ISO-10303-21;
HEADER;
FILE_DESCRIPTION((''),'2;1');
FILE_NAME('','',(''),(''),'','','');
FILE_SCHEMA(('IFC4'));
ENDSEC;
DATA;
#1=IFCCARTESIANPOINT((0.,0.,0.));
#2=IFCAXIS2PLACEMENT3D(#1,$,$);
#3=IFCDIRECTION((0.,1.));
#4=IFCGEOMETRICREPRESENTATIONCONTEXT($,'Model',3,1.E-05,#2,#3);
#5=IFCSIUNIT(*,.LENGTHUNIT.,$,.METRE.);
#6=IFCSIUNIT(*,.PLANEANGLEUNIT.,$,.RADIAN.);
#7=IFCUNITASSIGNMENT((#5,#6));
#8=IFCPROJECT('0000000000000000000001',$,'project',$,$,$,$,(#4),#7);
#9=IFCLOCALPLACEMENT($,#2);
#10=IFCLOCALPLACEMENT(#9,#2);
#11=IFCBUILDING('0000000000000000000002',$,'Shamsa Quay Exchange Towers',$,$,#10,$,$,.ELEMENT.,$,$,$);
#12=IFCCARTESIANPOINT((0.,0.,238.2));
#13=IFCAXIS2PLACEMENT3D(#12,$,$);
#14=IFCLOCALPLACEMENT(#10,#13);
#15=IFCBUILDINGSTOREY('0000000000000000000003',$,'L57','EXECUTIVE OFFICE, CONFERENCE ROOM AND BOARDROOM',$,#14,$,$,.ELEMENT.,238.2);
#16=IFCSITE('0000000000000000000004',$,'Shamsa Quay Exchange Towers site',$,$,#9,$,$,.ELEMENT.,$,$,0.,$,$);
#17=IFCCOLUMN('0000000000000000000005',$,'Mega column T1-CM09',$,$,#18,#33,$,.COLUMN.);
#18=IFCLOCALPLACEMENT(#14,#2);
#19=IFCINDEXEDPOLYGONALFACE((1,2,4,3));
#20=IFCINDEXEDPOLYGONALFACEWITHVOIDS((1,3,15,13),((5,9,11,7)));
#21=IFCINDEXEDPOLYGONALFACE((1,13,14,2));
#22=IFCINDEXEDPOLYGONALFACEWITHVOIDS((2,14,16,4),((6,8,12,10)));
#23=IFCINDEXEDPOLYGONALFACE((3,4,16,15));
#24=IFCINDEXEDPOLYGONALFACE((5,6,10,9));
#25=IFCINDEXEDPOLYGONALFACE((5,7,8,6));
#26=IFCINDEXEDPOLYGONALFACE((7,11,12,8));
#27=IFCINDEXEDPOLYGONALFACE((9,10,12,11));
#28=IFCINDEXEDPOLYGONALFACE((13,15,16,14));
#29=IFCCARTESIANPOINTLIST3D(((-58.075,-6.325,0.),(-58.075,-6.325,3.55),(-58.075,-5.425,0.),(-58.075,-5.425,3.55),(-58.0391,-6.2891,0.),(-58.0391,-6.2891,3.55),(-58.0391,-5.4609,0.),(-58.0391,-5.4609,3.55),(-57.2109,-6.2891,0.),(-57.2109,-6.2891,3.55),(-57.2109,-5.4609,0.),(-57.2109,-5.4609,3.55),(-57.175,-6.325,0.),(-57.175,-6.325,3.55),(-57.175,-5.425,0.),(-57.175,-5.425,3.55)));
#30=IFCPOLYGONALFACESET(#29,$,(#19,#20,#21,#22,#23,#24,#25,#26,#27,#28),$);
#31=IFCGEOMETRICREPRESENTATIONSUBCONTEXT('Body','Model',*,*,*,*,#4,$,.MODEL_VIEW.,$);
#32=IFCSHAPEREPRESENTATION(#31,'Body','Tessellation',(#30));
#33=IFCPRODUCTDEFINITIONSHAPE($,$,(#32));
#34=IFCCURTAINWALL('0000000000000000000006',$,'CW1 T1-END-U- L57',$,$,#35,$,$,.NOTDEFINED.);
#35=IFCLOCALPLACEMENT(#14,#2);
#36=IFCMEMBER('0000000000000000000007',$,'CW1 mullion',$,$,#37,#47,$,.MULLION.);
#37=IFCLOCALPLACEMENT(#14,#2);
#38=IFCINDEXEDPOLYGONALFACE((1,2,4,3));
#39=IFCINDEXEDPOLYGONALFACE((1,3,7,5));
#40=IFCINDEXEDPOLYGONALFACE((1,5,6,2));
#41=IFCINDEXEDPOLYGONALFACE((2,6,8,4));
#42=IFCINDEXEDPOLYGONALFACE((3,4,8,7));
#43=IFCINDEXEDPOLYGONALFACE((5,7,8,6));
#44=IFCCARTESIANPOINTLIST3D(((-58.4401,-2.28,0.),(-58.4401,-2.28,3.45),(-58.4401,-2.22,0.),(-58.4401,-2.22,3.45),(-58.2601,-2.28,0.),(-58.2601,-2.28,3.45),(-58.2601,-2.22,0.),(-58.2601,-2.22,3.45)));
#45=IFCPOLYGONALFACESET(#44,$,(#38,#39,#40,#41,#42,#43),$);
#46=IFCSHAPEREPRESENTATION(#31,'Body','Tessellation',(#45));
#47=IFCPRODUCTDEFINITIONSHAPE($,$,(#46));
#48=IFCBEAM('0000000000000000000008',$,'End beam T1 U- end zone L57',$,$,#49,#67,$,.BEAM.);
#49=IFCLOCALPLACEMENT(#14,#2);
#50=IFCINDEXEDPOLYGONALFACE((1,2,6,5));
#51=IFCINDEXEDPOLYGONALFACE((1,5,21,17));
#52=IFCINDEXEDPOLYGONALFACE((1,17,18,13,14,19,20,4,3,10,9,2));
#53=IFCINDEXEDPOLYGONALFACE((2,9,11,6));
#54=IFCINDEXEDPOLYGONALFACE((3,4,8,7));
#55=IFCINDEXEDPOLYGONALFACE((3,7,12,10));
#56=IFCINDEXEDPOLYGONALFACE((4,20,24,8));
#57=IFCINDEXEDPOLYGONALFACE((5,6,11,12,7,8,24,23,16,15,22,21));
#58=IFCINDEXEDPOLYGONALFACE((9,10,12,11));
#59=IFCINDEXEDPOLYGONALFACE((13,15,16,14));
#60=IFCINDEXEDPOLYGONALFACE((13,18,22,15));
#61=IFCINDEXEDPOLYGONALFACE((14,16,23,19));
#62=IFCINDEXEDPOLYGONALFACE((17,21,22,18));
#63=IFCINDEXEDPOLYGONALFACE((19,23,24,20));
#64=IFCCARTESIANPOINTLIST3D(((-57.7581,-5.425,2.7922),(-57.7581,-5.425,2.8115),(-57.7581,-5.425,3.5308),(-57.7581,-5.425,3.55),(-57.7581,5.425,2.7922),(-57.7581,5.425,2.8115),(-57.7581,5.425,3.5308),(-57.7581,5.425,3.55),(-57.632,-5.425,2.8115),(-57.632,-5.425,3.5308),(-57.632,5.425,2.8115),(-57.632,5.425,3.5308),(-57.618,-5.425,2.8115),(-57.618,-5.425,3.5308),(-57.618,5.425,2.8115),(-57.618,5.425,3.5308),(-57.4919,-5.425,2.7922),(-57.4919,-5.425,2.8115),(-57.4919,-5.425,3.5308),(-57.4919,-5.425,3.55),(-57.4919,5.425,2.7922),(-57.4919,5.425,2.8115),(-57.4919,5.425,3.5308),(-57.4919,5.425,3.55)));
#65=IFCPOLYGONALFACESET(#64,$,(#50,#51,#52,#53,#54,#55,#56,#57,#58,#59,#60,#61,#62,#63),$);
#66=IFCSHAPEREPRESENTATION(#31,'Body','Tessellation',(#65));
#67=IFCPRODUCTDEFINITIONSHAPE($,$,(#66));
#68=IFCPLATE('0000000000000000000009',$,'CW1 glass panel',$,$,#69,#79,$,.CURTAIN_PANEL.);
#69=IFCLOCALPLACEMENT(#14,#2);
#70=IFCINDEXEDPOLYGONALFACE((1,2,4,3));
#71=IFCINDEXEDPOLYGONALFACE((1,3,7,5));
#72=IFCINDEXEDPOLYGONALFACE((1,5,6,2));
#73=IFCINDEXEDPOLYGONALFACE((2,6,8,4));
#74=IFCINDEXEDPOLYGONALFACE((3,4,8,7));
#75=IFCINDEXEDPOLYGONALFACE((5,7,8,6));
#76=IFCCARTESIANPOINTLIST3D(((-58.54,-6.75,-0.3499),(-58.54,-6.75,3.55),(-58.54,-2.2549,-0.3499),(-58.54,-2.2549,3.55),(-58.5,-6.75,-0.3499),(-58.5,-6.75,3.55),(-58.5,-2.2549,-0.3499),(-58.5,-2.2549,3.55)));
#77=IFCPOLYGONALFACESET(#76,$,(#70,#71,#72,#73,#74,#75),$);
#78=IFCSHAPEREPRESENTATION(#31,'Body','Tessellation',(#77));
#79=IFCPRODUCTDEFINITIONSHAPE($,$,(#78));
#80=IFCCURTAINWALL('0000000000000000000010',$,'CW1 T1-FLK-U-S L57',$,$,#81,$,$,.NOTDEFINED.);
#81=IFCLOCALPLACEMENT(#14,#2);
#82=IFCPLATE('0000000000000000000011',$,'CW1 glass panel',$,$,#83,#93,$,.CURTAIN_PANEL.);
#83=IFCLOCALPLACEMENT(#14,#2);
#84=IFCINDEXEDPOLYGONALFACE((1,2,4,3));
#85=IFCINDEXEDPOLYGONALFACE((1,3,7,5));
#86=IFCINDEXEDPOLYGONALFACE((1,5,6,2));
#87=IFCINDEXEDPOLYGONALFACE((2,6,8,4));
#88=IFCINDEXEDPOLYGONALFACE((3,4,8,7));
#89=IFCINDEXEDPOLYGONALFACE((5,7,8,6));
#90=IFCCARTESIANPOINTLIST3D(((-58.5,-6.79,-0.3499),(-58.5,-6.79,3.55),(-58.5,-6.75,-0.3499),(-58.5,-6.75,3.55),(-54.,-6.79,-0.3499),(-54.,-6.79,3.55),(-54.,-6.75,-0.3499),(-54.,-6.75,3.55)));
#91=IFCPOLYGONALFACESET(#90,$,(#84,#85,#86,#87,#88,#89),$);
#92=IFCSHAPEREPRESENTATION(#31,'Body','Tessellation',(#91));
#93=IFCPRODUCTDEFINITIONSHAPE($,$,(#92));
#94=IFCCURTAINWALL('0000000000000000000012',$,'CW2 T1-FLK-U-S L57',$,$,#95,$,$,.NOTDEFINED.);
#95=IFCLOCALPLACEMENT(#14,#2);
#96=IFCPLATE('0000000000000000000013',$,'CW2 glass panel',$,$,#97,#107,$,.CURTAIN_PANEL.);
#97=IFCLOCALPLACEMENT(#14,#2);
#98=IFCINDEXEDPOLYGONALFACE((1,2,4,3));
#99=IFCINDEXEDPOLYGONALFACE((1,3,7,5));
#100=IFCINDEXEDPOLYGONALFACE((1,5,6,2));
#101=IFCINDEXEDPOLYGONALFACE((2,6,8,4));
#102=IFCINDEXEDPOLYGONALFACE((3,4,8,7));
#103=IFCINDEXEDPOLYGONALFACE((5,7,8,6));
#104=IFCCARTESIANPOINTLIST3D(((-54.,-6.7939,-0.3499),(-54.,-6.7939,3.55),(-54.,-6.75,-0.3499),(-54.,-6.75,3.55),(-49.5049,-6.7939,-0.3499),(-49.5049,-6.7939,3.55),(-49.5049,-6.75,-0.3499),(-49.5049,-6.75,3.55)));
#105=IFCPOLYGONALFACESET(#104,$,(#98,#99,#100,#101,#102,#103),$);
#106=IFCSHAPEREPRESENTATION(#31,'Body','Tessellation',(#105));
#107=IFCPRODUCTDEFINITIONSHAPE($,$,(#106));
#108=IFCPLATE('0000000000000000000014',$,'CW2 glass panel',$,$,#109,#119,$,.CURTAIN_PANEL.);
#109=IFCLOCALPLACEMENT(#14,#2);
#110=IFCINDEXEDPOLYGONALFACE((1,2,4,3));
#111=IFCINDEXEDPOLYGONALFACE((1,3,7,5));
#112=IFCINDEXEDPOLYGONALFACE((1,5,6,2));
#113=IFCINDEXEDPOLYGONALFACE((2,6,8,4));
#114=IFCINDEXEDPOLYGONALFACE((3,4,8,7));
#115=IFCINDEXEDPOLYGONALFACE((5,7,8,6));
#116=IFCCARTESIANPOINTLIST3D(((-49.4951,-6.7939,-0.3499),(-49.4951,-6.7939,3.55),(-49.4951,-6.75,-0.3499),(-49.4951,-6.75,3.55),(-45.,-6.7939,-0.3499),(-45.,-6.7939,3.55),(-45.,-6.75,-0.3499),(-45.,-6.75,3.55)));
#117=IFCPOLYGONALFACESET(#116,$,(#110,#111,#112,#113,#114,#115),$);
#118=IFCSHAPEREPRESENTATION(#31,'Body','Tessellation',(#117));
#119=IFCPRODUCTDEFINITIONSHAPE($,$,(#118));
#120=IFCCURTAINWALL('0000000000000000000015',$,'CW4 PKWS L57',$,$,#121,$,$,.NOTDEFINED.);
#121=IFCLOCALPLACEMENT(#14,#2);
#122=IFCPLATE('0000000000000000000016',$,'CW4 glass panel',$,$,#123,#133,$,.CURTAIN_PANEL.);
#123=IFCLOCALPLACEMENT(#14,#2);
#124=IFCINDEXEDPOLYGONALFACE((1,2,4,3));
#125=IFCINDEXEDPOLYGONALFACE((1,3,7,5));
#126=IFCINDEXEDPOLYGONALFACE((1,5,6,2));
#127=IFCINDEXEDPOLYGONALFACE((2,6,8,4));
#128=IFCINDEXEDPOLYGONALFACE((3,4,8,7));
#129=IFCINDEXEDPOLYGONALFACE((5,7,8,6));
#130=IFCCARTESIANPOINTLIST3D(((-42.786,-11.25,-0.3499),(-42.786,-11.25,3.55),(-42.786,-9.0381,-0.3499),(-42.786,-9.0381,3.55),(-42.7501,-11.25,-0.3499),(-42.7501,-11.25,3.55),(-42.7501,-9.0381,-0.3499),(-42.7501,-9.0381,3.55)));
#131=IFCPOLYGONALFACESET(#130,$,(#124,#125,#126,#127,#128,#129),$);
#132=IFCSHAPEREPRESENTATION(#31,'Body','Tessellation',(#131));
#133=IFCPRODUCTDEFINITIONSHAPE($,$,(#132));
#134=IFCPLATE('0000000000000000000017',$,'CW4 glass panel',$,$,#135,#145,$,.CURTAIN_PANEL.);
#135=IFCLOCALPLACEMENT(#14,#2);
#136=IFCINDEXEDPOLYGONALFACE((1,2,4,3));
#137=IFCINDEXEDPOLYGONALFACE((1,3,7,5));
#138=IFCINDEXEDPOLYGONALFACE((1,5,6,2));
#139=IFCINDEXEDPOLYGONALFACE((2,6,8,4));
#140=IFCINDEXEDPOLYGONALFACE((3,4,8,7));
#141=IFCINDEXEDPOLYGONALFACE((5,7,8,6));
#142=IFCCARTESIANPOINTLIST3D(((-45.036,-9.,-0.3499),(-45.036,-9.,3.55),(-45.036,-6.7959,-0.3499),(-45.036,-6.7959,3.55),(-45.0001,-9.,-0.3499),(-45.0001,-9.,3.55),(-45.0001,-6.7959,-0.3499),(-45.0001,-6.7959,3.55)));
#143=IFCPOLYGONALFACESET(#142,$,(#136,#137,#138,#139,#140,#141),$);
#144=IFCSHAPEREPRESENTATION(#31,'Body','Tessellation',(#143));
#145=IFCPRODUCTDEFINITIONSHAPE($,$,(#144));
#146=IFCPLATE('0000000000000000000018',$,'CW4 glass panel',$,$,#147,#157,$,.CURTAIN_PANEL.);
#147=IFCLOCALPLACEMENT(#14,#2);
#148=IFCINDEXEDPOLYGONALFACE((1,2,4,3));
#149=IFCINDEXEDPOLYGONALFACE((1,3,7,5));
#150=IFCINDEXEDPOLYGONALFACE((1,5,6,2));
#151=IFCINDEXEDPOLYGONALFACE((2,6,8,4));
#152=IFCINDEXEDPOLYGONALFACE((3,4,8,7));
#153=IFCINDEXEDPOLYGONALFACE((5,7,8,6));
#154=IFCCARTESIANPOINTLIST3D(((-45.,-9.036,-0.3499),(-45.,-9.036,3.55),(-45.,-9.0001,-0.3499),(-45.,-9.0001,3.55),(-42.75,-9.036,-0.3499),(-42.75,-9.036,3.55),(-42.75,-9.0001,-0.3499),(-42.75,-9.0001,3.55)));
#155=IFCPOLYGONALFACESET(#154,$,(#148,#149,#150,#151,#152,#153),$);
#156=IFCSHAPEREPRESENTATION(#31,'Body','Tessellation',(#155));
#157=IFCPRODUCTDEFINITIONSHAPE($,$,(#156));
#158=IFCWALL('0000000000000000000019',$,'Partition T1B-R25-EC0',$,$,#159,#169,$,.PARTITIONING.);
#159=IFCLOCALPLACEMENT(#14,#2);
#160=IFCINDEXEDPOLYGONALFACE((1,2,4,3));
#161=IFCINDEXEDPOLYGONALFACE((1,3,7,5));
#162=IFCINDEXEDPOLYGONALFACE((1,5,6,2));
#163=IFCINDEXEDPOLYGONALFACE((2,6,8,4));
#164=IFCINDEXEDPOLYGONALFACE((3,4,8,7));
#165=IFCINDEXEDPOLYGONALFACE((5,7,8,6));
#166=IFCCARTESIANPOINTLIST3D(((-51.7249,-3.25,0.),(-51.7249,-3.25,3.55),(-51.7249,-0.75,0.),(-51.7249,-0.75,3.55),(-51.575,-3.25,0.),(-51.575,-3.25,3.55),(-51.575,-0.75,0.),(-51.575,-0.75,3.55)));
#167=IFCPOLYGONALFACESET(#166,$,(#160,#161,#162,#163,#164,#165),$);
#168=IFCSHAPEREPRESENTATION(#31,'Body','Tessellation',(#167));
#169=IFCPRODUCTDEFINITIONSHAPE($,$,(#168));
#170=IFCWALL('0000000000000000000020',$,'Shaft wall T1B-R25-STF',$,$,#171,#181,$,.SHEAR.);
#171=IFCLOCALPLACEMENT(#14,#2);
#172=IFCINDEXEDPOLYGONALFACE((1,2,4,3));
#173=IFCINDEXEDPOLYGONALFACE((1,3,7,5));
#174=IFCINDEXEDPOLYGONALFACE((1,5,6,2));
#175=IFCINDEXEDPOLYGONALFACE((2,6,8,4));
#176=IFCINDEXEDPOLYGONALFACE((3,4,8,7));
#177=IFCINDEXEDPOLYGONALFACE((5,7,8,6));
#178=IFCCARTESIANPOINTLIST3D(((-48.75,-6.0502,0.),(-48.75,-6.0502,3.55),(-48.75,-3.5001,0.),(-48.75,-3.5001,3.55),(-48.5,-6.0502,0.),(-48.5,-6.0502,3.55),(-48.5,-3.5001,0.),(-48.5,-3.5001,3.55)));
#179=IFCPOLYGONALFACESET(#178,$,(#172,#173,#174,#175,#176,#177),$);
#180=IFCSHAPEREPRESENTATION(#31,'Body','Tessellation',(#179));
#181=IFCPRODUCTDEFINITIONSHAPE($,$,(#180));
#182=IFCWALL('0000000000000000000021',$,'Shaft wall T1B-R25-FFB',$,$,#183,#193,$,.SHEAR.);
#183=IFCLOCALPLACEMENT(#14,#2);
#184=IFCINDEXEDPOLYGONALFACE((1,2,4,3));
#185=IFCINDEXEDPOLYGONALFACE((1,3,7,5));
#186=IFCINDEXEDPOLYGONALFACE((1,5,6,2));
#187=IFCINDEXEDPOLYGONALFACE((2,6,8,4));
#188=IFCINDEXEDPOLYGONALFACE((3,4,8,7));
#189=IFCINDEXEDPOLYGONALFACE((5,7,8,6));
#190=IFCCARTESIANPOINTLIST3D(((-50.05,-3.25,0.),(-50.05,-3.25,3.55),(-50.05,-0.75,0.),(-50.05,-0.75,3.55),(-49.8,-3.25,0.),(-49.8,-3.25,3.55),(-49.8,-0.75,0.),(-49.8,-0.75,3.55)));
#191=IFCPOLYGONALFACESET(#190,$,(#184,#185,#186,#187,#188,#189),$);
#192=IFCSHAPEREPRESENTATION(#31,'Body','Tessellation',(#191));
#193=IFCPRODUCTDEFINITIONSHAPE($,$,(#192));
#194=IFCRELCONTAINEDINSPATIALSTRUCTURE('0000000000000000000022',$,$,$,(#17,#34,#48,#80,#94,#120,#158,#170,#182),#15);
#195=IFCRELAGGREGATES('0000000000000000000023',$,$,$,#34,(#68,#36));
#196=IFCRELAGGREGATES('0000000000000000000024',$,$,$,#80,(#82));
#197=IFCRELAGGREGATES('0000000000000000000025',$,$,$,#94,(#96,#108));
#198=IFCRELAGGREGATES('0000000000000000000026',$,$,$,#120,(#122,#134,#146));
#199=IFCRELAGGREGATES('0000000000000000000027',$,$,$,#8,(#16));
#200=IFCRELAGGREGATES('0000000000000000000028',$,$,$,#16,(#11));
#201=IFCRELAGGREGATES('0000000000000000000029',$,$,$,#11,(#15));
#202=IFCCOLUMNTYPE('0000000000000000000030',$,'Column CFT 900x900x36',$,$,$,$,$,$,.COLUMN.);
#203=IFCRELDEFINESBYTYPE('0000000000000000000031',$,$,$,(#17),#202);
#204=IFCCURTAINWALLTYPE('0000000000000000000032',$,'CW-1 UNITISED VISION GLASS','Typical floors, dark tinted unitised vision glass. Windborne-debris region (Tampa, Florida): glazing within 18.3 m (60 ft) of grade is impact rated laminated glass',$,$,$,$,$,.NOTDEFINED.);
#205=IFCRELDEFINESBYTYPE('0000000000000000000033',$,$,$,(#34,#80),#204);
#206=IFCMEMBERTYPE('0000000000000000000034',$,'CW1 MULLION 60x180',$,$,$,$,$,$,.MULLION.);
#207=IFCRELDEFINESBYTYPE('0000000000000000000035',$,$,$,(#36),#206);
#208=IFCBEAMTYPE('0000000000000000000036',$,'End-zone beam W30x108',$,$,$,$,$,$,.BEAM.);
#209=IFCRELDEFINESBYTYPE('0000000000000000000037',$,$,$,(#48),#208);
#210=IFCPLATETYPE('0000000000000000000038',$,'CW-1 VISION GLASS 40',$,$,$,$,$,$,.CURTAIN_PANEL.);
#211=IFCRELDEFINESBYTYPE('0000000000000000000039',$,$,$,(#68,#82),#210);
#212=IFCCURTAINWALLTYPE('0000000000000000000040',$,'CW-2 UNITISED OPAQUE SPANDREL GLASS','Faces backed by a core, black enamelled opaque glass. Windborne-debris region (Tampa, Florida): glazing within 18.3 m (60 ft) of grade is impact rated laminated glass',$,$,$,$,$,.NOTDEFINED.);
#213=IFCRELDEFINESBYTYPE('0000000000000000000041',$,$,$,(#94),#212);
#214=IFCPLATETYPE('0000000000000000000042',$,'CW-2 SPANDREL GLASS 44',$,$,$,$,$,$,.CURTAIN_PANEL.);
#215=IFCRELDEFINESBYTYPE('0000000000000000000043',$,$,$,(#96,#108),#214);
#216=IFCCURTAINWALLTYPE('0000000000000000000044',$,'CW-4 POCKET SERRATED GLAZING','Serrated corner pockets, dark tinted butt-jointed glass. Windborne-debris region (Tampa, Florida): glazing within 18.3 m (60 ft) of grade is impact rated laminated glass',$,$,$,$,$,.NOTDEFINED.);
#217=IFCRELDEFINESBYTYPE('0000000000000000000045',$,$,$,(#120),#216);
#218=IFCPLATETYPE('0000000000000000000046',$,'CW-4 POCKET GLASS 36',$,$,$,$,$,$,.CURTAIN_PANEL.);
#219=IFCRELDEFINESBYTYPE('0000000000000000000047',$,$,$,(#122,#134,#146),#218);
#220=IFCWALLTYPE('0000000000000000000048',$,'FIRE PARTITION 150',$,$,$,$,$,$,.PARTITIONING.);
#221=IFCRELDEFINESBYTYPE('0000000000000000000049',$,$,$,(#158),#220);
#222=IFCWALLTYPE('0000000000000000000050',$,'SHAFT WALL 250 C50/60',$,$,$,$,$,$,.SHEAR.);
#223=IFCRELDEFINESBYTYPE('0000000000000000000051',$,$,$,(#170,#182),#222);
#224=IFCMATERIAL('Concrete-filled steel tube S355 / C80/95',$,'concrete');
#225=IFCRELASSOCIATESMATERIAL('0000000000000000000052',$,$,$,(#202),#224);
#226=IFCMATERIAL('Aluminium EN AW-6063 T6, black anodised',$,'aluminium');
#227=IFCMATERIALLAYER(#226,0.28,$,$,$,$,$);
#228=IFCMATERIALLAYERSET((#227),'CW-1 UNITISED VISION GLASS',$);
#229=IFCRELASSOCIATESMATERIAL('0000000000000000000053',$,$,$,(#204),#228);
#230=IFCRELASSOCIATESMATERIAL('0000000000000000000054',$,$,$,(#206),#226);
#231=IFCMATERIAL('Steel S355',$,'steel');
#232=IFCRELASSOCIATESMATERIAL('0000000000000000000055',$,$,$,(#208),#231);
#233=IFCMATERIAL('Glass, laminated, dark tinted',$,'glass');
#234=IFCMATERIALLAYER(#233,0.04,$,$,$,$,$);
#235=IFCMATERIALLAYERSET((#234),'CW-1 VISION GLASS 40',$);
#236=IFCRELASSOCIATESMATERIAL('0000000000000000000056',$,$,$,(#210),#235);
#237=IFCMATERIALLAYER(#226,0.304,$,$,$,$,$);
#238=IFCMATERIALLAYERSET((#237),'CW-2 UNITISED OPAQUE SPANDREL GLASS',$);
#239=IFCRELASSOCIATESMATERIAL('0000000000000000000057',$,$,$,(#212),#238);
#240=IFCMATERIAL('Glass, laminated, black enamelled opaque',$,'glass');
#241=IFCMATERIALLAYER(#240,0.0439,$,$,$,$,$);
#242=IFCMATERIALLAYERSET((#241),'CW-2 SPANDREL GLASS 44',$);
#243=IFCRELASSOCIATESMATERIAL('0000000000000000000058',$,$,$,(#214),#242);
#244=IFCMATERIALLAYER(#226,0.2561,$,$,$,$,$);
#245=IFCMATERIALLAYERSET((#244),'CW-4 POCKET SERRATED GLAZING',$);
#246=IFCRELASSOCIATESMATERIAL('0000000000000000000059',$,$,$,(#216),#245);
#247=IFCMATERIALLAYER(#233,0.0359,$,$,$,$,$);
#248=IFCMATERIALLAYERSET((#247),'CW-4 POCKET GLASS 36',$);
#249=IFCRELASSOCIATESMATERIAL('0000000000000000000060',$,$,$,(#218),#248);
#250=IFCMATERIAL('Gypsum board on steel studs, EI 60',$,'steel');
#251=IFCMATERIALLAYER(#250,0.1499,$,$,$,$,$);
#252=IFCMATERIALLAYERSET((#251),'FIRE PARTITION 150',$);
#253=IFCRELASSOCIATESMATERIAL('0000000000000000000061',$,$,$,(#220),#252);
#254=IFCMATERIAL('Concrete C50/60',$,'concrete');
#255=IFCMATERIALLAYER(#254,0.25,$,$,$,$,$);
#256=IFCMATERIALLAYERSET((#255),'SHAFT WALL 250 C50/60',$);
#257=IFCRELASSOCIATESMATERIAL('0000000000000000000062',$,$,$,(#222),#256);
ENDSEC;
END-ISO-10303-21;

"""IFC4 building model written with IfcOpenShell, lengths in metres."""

from ifc_helpers import new_model, si_unit, direction, frame, frame_2d, origin, origin_2d, place, context, subcontext, project, spatial, rectangle, hollow_rectangle, i_section, extrude, material, layer, layer_set, material_profile, profile_set, type_object, element, aggregate, save


model = new_model("IFC4")

# Units and contexts
model_context = context("Model", 3, precision=1e-05, world=origin(), true_north=direction((0.0, 1.0)))
body_context = subcontext(model_context, "Body", "Model", "MODEL_VIEW")
ifc_project = project(units=[si_unit("LENGTHUNIT", "METRE"), si_unit("PLANEANGLEUNIT", "RADIAN")], contexts=[model_context])

# Site, building, storey
site_placement = place(None, origin())
site = spatial("IfcSite", under=ifc_project, at=site_placement, Name="Shamsa Quay Exchange Towers site", CompositionType="ELEMENT", RefElevation=0.0)
building_placement = place(site_placement, origin())
building = spatial("IfcBuilding", under=site, at=building_placement, Name="Shamsa Quay Exchange Towers", CompositionType="ELEMENT")
storey_placement = place(building_placement, frame((0.0, 0.0, 238.2)))
storey = spatial("IfcBuildingStorey", under=building, at=storey_placement, Name="L57", Description="EXECUTIVE OFFICE, CONFERENCE ROOM AND BOARDROOM", CompositionType="ELEMENT", Elevation=238.2)

# Column
ifc_material_1 = material(Name="Concrete-filled steel tube S355 / C80/95", Category="concrete")
ifc_material_profile_1 = material_profile(ifc_material_1, hollow_rectangle(XDim=0.8999, YDim=0.8999, WallThickness=0.0359, at=origin_2d()), Name="CFT 900x900x36")
ifc_profile_set_1 = profile_set([ifc_material_profile_1], Name="Concrete-filled steel tube S355 / C80/95")
column_type = type_object("IfcColumnType", Name="Column CFT 900x900x36", PredefinedType="COLUMN", material=ifc_profile_set_1)
column_placement = place(storey_placement, frame((-57.625, -5.875, 0.0)))
element("IfcColumn", 1, at=column_placement, inside=storey, type_object=column_type, Name="Mega column T1-CM09", PredefinedType="COLUMN", context=body_context, shape_type="SweptSolid", body=[
    extrude(hollow_rectangle(XDim=0.8999, YDim=0.8999, WallThickness=0.0359, at=origin_2d()), origin(), (0.0, 0.0, 1.0), 3.55),
])

# Curtain wall, member
ifc_material_2 = material(Name="Aluminium EN AW-6063 T6, black anodised", Category="aluminium")
ifc_layer_1 = layer(ifc_material_2, 0.28)
ifc_layer_set_1 = layer_set([ifc_layer_1], Name="CW-1 UNITISED VISION GLASS")
curtain_wall_type_1 = type_object("IfcCurtainWallType", Name="CW-1 UNITISED VISION GLASS", Description="Typical floors, dark tinted unitised vision glass. Windborne-debris region (Tampa, Florida): glazing within 18.3 m (60 ft) of grade is impact rated laminated glass", PredefinedType="NOTDEFINED", material=ifc_layer_set_1)
curtain_wall_1_placement = place(storey_placement, origin())
curtain_wall_1 = element("IfcCurtainWall", 2, at=curtain_wall_1_placement, inside=storey, type_object=curtain_wall_type_1, Name="CW1 T1-END-U- L57", PredefinedType="NOTDEFINED")
ifc_material_profile_2 = material_profile(ifc_material_2, rectangle(XDim=0.1799, YDim=0.0601, at=origin_2d()), Name="MU60x180")
ifc_profile_set_2 = profile_set([ifc_material_profile_2], Name="Aluminium EN AW-6063 T6, black anodised")
member_type = type_object("IfcMemberType", Name="CW1 MULLION 60x180", PredefinedType="MULLION", material=ifc_profile_set_2)
member_placement = place(storey_placement, frame((-58.3501, -2.25, 0.0)))
member = element("IfcMember", 3, at=member_placement, type_object=member_type, Name="CW1 mullion", PredefinedType="MULLION", context=body_context, shape_type="SweptSolid", body=[
    extrude(rectangle(XDim=0.1799, YDim=0.0601, at=origin_2d()), origin(), (0.0, 0.0, 1.0), 3.45),
])

# Beam
ifc_material_3 = material(Name="Steel S355", Category="steel")
ifc_material_profile_3 = material_profile(ifc_material_3, i_section(OverallWidth=0.2661, OverallDepth=0.7578, WebThickness=0.0139, FlangeThickness=0.0193, at=origin_2d()), Name="W30x108")
ifc_profile_set_3 = profile_set([ifc_material_profile_3], Name="Steel S355")
beam_type = type_object("IfcBeamType", Name="End-zone beam W30x108", PredefinedType="BEAM", material=ifc_profile_set_3)
beam_placement = place(storey_placement, frame((-57.625, -5.425, 3.1711), z_axis=(0.0, 1.0, 0.0), x_axis=(-1.0, 0.0, 0.0)))
element("IfcBeam", 4, at=beam_placement, inside=storey, type_object=beam_type, Name="End beam T1 U- end zone L57", PredefinedType="BEAM", context=body_context, shape_type="SweptSolid", body=[
    extrude(i_section(OverallWidth=0.2661, OverallDepth=0.7578, WebThickness=0.0139, FlangeThickness=0.0193, at=origin_2d()), origin(), (0.0, 0.0, 1.0), 10.8501),
])

# Plate
ifc_material_4 = material(Name="Glass, laminated, dark tinted", Category="glass")
ifc_layer_2 = layer(ifc_material_4, 0.04)
ifc_layer_set_2 = layer_set([ifc_layer_2], Name="CW-1 VISION GLASS 40")
plate_type_1 = type_object("IfcPlateType", Name="CW-1 VISION GLASS 40", PredefinedType="CURTAIN_PANEL", material=ifc_layer_set_2)
plate_1_placement = place(storey_placement, frame((-58.52, -4.5024, -0.3499), z_axis=(0.0, 0.0, 1.0), x_axis=(0.0, -1.0, 0.0)))
plate_1 = element("IfcPlate", 5, at=plate_1_placement, type_object=plate_type_1, Name="CW1 glass panel", PredefinedType="CURTAIN_PANEL", context=body_context, shape_type="SweptSolid", body=[
    extrude(rectangle(XDim=4.4951, YDim=0.04, at=origin_2d()), origin(), (0.0, 0.0, 1.0), 3.8999),
])
aggregate(curtain_wall_1, [plate_1, member])

# Curtain wall, plate
curtain_wall_2_placement = place(storey_placement, origin())
curtain_wall_2 = element("IfcCurtainWall", 6, at=curtain_wall_2_placement, inside=storey, type_object=curtain_wall_type_1, Name="CW1 T1-FLK-U-S L57", PredefinedType="NOTDEFINED")
plate_2_placement = place(storey_placement, frame((-56.25, -6.77, -0.3499)))
plate_2 = element("IfcPlate", 7, at=plate_2_placement, type_object=plate_type_1, Name="CW1 glass panel", PredefinedType="CURTAIN_PANEL", context=body_context, shape_type="SweptSolid", body=[
    extrude(rectangle(XDim=4.5, YDim=0.04, at=origin_2d()), origin(), (0.0, 0.0, 1.0), 3.8999),
])
aggregate(curtain_wall_2, [plate_2])

# Curtain walls, plates
ifc_layer_3 = layer(ifc_material_2, 0.304)
ifc_layer_set_3 = layer_set([ifc_layer_3], Name="CW-2 UNITISED OPAQUE SPANDREL GLASS")
curtain_wall_type_2 = type_object("IfcCurtainWallType", Name="CW-2 UNITISED OPAQUE SPANDREL GLASS", Description="Faces backed by a core, black enamelled opaque glass. Windborne-debris region (Tampa, Florida): glazing within 18.3 m (60 ft) of grade is impact rated laminated glass", PredefinedType="NOTDEFINED", material=ifc_layer_set_3)
curtain_wall_3_placement = place(storey_placement, origin())
curtain_wall_3 = element("IfcCurtainWall", 8, at=curtain_wall_3_placement, inside=storey, type_object=curtain_wall_type_2, Name="CW2 T1-FLK-U-S L57", PredefinedType="NOTDEFINED")
ifc_material_5 = material(Name="Glass, laminated, black enamelled opaque", Category="glass")
ifc_layer_4 = layer(ifc_material_5, 0.0439)
ifc_layer_set_4 = layer_set([ifc_layer_4], Name="CW-2 SPANDREL GLASS 44")
plate_type_2 = type_object("IfcPlateType", Name="CW-2 SPANDREL GLASS 44", PredefinedType="CURTAIN_PANEL", material=ifc_layer_set_4)
plate_3_placement = place(storey_placement, frame((-51.7524, -6.772, -0.3499)))
plate_3 = element("IfcPlate", 9, at=plate_3_placement, type_object=plate_type_2, Name="CW2 glass panel", PredefinedType="CURTAIN_PANEL", context=body_context, shape_type="SweptSolid", body=[
    extrude(rectangle(XDim=4.4951, YDim=0.0439, at=origin_2d()), origin(), (0.0, 0.0, 1.0), 3.8999),
])
plate_4_placement = place(storey_placement, frame((-47.2476, -6.772, -0.3499)))
plate_4 = element("IfcPlate", 10, at=plate_4_placement, type_object=plate_type_2, Name="CW2 glass panel", PredefinedType="CURTAIN_PANEL", context=body_context, shape_type="SweptSolid", body=[
    extrude(rectangle(XDim=4.4951, YDim=0.0439, at=origin_2d()), origin(), (0.0, 0.0, 1.0), 3.8999),
])
aggregate(curtain_wall_3, [plate_3, plate_4])
ifc_layer_5 = layer(ifc_material_2, 0.2561)
ifc_layer_set_5 = layer_set([ifc_layer_5], Name="CW-4 POCKET SERRATED GLAZING")
curtain_wall_type_3 = type_object("IfcCurtainWallType", Name="CW-4 POCKET SERRATED GLAZING", Description="Serrated corner pockets, dark tinted butt-jointed glass. Windborne-debris region (Tampa, Florida): glazing within 18.3 m (60 ft) of grade is impact rated laminated glass", PredefinedType="NOTDEFINED", material=ifc_layer_set_5)
curtain_wall_4_placement = place(storey_placement, origin())
curtain_wall_4 = element("IfcCurtainWall", 11, at=curtain_wall_4_placement, inside=storey, type_object=curtain_wall_type_3, Name="CW4 PKWS L57", PredefinedType="NOTDEFINED")
ifc_layer_6 = layer(ifc_material_4, 0.0359)
ifc_layer_set_6 = layer_set([ifc_layer_6], Name="CW-4 POCKET GLASS 36")
plate_type_3 = type_object("IfcPlateType", Name="CW-4 POCKET GLASS 36", PredefinedType="CURTAIN_PANEL", material=ifc_layer_set_6)
plate_5_placement = place(storey_placement, frame((-42.7681, -10.144, -0.3499), z_axis=(0.0, 0.0, 1.0), x_axis=(0.0, -1.0, 0.0)))
plate_5 = element("IfcPlate", 12, at=plate_5_placement, type_object=plate_type_3, Name="CW4 glass panel", PredefinedType="CURTAIN_PANEL", context=body_context, shape_type="SweptSolid", body=[
    extrude(rectangle(XDim=2.2119, YDim=0.0359, at=origin_2d()), origin(), (0.0, 0.0, 1.0), 3.8999),
])
plate_6_placement = place(storey_placement, frame((-45.0181, -7.8979, -0.3499), z_axis=(0.0, 0.0, 1.0), x_axis=(0.0, -1.0, 0.0)))
plate_6 = element("IfcPlate", 13, at=plate_6_placement, type_object=plate_type_3, Name="CW4 glass panel", PredefinedType="CURTAIN_PANEL", context=body_context, shape_type="SweptSolid", body=[
    extrude(rectangle(XDim=2.2041, YDim=0.0359, at=origin_2d()), origin(), (0.0, 0.0, 1.0), 3.8999),
])
plate_7_placement = place(storey_placement, frame((-43.875, -9.0181, -0.3499)))
plate_7 = element("IfcPlate", 14, at=plate_7_placement, type_object=plate_type_3, Name="CW4 glass panel", PredefinedType="CURTAIN_PANEL", context=body_context, shape_type="SweptSolid", body=[
    extrude(rectangle(XDim=2.25, YDim=0.0359, at=origin_2d()), origin(), (0.0, 0.0, 1.0), 3.8999),
])
aggregate(curtain_wall_4, [plate_5, plate_6, plate_7])

# Walls
ifc_material_6 = material(Name="Gypsum board on steel studs, EI 60", Category="steel")
ifc_layer_7 = layer(ifc_material_6, 0.1499)
ifc_layer_set_7 = layer_set([ifc_layer_7], Name="FIRE PARTITION 150")
wall_type_1 = type_object("IfcWallType", Name="FIRE PARTITION 150", PredefinedType="PARTITIONING", material=ifc_layer_set_7)
wall_1_placement = place(storey_placement, frame((-51.6499, -3.25, 0.0), z_axis=(0.0, 0.0, 1.0), x_axis=(0.0, 1.0, 0.0)))
element("IfcWall", 15, at=wall_1_placement, inside=storey, type_object=wall_type_1, Name="Partition T1B-R25-EC0", PredefinedType="PARTITIONING", context=body_context, shape_type="SweptSolid", body=[
    extrude(rectangle(XDim=2.5, YDim=0.1499, at=frame_2d((1.25, 0.0))), origin(), (0.0, 0.0, 1.0), 3.55),
])
ifc_material_7 = material(Name="Concrete C50/60", Category="concrete")
ifc_layer_8 = layer(ifc_material_7, 0.25)
ifc_layer_set_8 = layer_set([ifc_layer_8], Name="SHAFT WALL 250 C50/60")
wall_type_2 = type_object("IfcWallType", Name="SHAFT WALL 250 C50/60", PredefinedType="SHEAR", material=ifc_layer_set_8)
wall_2_placement = place(storey_placement, frame((-48.625, -6.05, 0.0), z_axis=(0.0, 0.0, 1.0), x_axis=(0.0, 1.0, 0.0)))
element("IfcWall", 16, at=wall_2_placement, inside=storey, type_object=wall_type_2, Name="Shaft wall T1B-R25-STF", PredefinedType="SHEAR", context=body_context, shape_type="SweptSolid", body=[
    extrude(rectangle(XDim=2.55, YDim=0.25, at=frame_2d((1.2749, 0.0))), origin(), (0.0, 0.0, 1.0), 3.55),
])

# Wall
wall_3_placement = place(storey_placement, frame((-49.925, -3.25, 0.0), z_axis=(0.0, 0.0, 1.0), x_axis=(0.0, 1.0, 0.0)))
element("IfcWall", 17, at=wall_3_placement, inside=storey, type_object=wall_type_2, Name="Shaft wall T1B-R25-FFB", PredefinedType="SHEAR", context=body_context, shape_type="SweptSolid", body=[
    extrude(rectangle(XDim=2.5, YDim=0.25, at=frame_2d((1.25, 0.0))), origin(), (0.0, 0.0, 1.0), 3.55),
])

save(model, "model.ifc")
